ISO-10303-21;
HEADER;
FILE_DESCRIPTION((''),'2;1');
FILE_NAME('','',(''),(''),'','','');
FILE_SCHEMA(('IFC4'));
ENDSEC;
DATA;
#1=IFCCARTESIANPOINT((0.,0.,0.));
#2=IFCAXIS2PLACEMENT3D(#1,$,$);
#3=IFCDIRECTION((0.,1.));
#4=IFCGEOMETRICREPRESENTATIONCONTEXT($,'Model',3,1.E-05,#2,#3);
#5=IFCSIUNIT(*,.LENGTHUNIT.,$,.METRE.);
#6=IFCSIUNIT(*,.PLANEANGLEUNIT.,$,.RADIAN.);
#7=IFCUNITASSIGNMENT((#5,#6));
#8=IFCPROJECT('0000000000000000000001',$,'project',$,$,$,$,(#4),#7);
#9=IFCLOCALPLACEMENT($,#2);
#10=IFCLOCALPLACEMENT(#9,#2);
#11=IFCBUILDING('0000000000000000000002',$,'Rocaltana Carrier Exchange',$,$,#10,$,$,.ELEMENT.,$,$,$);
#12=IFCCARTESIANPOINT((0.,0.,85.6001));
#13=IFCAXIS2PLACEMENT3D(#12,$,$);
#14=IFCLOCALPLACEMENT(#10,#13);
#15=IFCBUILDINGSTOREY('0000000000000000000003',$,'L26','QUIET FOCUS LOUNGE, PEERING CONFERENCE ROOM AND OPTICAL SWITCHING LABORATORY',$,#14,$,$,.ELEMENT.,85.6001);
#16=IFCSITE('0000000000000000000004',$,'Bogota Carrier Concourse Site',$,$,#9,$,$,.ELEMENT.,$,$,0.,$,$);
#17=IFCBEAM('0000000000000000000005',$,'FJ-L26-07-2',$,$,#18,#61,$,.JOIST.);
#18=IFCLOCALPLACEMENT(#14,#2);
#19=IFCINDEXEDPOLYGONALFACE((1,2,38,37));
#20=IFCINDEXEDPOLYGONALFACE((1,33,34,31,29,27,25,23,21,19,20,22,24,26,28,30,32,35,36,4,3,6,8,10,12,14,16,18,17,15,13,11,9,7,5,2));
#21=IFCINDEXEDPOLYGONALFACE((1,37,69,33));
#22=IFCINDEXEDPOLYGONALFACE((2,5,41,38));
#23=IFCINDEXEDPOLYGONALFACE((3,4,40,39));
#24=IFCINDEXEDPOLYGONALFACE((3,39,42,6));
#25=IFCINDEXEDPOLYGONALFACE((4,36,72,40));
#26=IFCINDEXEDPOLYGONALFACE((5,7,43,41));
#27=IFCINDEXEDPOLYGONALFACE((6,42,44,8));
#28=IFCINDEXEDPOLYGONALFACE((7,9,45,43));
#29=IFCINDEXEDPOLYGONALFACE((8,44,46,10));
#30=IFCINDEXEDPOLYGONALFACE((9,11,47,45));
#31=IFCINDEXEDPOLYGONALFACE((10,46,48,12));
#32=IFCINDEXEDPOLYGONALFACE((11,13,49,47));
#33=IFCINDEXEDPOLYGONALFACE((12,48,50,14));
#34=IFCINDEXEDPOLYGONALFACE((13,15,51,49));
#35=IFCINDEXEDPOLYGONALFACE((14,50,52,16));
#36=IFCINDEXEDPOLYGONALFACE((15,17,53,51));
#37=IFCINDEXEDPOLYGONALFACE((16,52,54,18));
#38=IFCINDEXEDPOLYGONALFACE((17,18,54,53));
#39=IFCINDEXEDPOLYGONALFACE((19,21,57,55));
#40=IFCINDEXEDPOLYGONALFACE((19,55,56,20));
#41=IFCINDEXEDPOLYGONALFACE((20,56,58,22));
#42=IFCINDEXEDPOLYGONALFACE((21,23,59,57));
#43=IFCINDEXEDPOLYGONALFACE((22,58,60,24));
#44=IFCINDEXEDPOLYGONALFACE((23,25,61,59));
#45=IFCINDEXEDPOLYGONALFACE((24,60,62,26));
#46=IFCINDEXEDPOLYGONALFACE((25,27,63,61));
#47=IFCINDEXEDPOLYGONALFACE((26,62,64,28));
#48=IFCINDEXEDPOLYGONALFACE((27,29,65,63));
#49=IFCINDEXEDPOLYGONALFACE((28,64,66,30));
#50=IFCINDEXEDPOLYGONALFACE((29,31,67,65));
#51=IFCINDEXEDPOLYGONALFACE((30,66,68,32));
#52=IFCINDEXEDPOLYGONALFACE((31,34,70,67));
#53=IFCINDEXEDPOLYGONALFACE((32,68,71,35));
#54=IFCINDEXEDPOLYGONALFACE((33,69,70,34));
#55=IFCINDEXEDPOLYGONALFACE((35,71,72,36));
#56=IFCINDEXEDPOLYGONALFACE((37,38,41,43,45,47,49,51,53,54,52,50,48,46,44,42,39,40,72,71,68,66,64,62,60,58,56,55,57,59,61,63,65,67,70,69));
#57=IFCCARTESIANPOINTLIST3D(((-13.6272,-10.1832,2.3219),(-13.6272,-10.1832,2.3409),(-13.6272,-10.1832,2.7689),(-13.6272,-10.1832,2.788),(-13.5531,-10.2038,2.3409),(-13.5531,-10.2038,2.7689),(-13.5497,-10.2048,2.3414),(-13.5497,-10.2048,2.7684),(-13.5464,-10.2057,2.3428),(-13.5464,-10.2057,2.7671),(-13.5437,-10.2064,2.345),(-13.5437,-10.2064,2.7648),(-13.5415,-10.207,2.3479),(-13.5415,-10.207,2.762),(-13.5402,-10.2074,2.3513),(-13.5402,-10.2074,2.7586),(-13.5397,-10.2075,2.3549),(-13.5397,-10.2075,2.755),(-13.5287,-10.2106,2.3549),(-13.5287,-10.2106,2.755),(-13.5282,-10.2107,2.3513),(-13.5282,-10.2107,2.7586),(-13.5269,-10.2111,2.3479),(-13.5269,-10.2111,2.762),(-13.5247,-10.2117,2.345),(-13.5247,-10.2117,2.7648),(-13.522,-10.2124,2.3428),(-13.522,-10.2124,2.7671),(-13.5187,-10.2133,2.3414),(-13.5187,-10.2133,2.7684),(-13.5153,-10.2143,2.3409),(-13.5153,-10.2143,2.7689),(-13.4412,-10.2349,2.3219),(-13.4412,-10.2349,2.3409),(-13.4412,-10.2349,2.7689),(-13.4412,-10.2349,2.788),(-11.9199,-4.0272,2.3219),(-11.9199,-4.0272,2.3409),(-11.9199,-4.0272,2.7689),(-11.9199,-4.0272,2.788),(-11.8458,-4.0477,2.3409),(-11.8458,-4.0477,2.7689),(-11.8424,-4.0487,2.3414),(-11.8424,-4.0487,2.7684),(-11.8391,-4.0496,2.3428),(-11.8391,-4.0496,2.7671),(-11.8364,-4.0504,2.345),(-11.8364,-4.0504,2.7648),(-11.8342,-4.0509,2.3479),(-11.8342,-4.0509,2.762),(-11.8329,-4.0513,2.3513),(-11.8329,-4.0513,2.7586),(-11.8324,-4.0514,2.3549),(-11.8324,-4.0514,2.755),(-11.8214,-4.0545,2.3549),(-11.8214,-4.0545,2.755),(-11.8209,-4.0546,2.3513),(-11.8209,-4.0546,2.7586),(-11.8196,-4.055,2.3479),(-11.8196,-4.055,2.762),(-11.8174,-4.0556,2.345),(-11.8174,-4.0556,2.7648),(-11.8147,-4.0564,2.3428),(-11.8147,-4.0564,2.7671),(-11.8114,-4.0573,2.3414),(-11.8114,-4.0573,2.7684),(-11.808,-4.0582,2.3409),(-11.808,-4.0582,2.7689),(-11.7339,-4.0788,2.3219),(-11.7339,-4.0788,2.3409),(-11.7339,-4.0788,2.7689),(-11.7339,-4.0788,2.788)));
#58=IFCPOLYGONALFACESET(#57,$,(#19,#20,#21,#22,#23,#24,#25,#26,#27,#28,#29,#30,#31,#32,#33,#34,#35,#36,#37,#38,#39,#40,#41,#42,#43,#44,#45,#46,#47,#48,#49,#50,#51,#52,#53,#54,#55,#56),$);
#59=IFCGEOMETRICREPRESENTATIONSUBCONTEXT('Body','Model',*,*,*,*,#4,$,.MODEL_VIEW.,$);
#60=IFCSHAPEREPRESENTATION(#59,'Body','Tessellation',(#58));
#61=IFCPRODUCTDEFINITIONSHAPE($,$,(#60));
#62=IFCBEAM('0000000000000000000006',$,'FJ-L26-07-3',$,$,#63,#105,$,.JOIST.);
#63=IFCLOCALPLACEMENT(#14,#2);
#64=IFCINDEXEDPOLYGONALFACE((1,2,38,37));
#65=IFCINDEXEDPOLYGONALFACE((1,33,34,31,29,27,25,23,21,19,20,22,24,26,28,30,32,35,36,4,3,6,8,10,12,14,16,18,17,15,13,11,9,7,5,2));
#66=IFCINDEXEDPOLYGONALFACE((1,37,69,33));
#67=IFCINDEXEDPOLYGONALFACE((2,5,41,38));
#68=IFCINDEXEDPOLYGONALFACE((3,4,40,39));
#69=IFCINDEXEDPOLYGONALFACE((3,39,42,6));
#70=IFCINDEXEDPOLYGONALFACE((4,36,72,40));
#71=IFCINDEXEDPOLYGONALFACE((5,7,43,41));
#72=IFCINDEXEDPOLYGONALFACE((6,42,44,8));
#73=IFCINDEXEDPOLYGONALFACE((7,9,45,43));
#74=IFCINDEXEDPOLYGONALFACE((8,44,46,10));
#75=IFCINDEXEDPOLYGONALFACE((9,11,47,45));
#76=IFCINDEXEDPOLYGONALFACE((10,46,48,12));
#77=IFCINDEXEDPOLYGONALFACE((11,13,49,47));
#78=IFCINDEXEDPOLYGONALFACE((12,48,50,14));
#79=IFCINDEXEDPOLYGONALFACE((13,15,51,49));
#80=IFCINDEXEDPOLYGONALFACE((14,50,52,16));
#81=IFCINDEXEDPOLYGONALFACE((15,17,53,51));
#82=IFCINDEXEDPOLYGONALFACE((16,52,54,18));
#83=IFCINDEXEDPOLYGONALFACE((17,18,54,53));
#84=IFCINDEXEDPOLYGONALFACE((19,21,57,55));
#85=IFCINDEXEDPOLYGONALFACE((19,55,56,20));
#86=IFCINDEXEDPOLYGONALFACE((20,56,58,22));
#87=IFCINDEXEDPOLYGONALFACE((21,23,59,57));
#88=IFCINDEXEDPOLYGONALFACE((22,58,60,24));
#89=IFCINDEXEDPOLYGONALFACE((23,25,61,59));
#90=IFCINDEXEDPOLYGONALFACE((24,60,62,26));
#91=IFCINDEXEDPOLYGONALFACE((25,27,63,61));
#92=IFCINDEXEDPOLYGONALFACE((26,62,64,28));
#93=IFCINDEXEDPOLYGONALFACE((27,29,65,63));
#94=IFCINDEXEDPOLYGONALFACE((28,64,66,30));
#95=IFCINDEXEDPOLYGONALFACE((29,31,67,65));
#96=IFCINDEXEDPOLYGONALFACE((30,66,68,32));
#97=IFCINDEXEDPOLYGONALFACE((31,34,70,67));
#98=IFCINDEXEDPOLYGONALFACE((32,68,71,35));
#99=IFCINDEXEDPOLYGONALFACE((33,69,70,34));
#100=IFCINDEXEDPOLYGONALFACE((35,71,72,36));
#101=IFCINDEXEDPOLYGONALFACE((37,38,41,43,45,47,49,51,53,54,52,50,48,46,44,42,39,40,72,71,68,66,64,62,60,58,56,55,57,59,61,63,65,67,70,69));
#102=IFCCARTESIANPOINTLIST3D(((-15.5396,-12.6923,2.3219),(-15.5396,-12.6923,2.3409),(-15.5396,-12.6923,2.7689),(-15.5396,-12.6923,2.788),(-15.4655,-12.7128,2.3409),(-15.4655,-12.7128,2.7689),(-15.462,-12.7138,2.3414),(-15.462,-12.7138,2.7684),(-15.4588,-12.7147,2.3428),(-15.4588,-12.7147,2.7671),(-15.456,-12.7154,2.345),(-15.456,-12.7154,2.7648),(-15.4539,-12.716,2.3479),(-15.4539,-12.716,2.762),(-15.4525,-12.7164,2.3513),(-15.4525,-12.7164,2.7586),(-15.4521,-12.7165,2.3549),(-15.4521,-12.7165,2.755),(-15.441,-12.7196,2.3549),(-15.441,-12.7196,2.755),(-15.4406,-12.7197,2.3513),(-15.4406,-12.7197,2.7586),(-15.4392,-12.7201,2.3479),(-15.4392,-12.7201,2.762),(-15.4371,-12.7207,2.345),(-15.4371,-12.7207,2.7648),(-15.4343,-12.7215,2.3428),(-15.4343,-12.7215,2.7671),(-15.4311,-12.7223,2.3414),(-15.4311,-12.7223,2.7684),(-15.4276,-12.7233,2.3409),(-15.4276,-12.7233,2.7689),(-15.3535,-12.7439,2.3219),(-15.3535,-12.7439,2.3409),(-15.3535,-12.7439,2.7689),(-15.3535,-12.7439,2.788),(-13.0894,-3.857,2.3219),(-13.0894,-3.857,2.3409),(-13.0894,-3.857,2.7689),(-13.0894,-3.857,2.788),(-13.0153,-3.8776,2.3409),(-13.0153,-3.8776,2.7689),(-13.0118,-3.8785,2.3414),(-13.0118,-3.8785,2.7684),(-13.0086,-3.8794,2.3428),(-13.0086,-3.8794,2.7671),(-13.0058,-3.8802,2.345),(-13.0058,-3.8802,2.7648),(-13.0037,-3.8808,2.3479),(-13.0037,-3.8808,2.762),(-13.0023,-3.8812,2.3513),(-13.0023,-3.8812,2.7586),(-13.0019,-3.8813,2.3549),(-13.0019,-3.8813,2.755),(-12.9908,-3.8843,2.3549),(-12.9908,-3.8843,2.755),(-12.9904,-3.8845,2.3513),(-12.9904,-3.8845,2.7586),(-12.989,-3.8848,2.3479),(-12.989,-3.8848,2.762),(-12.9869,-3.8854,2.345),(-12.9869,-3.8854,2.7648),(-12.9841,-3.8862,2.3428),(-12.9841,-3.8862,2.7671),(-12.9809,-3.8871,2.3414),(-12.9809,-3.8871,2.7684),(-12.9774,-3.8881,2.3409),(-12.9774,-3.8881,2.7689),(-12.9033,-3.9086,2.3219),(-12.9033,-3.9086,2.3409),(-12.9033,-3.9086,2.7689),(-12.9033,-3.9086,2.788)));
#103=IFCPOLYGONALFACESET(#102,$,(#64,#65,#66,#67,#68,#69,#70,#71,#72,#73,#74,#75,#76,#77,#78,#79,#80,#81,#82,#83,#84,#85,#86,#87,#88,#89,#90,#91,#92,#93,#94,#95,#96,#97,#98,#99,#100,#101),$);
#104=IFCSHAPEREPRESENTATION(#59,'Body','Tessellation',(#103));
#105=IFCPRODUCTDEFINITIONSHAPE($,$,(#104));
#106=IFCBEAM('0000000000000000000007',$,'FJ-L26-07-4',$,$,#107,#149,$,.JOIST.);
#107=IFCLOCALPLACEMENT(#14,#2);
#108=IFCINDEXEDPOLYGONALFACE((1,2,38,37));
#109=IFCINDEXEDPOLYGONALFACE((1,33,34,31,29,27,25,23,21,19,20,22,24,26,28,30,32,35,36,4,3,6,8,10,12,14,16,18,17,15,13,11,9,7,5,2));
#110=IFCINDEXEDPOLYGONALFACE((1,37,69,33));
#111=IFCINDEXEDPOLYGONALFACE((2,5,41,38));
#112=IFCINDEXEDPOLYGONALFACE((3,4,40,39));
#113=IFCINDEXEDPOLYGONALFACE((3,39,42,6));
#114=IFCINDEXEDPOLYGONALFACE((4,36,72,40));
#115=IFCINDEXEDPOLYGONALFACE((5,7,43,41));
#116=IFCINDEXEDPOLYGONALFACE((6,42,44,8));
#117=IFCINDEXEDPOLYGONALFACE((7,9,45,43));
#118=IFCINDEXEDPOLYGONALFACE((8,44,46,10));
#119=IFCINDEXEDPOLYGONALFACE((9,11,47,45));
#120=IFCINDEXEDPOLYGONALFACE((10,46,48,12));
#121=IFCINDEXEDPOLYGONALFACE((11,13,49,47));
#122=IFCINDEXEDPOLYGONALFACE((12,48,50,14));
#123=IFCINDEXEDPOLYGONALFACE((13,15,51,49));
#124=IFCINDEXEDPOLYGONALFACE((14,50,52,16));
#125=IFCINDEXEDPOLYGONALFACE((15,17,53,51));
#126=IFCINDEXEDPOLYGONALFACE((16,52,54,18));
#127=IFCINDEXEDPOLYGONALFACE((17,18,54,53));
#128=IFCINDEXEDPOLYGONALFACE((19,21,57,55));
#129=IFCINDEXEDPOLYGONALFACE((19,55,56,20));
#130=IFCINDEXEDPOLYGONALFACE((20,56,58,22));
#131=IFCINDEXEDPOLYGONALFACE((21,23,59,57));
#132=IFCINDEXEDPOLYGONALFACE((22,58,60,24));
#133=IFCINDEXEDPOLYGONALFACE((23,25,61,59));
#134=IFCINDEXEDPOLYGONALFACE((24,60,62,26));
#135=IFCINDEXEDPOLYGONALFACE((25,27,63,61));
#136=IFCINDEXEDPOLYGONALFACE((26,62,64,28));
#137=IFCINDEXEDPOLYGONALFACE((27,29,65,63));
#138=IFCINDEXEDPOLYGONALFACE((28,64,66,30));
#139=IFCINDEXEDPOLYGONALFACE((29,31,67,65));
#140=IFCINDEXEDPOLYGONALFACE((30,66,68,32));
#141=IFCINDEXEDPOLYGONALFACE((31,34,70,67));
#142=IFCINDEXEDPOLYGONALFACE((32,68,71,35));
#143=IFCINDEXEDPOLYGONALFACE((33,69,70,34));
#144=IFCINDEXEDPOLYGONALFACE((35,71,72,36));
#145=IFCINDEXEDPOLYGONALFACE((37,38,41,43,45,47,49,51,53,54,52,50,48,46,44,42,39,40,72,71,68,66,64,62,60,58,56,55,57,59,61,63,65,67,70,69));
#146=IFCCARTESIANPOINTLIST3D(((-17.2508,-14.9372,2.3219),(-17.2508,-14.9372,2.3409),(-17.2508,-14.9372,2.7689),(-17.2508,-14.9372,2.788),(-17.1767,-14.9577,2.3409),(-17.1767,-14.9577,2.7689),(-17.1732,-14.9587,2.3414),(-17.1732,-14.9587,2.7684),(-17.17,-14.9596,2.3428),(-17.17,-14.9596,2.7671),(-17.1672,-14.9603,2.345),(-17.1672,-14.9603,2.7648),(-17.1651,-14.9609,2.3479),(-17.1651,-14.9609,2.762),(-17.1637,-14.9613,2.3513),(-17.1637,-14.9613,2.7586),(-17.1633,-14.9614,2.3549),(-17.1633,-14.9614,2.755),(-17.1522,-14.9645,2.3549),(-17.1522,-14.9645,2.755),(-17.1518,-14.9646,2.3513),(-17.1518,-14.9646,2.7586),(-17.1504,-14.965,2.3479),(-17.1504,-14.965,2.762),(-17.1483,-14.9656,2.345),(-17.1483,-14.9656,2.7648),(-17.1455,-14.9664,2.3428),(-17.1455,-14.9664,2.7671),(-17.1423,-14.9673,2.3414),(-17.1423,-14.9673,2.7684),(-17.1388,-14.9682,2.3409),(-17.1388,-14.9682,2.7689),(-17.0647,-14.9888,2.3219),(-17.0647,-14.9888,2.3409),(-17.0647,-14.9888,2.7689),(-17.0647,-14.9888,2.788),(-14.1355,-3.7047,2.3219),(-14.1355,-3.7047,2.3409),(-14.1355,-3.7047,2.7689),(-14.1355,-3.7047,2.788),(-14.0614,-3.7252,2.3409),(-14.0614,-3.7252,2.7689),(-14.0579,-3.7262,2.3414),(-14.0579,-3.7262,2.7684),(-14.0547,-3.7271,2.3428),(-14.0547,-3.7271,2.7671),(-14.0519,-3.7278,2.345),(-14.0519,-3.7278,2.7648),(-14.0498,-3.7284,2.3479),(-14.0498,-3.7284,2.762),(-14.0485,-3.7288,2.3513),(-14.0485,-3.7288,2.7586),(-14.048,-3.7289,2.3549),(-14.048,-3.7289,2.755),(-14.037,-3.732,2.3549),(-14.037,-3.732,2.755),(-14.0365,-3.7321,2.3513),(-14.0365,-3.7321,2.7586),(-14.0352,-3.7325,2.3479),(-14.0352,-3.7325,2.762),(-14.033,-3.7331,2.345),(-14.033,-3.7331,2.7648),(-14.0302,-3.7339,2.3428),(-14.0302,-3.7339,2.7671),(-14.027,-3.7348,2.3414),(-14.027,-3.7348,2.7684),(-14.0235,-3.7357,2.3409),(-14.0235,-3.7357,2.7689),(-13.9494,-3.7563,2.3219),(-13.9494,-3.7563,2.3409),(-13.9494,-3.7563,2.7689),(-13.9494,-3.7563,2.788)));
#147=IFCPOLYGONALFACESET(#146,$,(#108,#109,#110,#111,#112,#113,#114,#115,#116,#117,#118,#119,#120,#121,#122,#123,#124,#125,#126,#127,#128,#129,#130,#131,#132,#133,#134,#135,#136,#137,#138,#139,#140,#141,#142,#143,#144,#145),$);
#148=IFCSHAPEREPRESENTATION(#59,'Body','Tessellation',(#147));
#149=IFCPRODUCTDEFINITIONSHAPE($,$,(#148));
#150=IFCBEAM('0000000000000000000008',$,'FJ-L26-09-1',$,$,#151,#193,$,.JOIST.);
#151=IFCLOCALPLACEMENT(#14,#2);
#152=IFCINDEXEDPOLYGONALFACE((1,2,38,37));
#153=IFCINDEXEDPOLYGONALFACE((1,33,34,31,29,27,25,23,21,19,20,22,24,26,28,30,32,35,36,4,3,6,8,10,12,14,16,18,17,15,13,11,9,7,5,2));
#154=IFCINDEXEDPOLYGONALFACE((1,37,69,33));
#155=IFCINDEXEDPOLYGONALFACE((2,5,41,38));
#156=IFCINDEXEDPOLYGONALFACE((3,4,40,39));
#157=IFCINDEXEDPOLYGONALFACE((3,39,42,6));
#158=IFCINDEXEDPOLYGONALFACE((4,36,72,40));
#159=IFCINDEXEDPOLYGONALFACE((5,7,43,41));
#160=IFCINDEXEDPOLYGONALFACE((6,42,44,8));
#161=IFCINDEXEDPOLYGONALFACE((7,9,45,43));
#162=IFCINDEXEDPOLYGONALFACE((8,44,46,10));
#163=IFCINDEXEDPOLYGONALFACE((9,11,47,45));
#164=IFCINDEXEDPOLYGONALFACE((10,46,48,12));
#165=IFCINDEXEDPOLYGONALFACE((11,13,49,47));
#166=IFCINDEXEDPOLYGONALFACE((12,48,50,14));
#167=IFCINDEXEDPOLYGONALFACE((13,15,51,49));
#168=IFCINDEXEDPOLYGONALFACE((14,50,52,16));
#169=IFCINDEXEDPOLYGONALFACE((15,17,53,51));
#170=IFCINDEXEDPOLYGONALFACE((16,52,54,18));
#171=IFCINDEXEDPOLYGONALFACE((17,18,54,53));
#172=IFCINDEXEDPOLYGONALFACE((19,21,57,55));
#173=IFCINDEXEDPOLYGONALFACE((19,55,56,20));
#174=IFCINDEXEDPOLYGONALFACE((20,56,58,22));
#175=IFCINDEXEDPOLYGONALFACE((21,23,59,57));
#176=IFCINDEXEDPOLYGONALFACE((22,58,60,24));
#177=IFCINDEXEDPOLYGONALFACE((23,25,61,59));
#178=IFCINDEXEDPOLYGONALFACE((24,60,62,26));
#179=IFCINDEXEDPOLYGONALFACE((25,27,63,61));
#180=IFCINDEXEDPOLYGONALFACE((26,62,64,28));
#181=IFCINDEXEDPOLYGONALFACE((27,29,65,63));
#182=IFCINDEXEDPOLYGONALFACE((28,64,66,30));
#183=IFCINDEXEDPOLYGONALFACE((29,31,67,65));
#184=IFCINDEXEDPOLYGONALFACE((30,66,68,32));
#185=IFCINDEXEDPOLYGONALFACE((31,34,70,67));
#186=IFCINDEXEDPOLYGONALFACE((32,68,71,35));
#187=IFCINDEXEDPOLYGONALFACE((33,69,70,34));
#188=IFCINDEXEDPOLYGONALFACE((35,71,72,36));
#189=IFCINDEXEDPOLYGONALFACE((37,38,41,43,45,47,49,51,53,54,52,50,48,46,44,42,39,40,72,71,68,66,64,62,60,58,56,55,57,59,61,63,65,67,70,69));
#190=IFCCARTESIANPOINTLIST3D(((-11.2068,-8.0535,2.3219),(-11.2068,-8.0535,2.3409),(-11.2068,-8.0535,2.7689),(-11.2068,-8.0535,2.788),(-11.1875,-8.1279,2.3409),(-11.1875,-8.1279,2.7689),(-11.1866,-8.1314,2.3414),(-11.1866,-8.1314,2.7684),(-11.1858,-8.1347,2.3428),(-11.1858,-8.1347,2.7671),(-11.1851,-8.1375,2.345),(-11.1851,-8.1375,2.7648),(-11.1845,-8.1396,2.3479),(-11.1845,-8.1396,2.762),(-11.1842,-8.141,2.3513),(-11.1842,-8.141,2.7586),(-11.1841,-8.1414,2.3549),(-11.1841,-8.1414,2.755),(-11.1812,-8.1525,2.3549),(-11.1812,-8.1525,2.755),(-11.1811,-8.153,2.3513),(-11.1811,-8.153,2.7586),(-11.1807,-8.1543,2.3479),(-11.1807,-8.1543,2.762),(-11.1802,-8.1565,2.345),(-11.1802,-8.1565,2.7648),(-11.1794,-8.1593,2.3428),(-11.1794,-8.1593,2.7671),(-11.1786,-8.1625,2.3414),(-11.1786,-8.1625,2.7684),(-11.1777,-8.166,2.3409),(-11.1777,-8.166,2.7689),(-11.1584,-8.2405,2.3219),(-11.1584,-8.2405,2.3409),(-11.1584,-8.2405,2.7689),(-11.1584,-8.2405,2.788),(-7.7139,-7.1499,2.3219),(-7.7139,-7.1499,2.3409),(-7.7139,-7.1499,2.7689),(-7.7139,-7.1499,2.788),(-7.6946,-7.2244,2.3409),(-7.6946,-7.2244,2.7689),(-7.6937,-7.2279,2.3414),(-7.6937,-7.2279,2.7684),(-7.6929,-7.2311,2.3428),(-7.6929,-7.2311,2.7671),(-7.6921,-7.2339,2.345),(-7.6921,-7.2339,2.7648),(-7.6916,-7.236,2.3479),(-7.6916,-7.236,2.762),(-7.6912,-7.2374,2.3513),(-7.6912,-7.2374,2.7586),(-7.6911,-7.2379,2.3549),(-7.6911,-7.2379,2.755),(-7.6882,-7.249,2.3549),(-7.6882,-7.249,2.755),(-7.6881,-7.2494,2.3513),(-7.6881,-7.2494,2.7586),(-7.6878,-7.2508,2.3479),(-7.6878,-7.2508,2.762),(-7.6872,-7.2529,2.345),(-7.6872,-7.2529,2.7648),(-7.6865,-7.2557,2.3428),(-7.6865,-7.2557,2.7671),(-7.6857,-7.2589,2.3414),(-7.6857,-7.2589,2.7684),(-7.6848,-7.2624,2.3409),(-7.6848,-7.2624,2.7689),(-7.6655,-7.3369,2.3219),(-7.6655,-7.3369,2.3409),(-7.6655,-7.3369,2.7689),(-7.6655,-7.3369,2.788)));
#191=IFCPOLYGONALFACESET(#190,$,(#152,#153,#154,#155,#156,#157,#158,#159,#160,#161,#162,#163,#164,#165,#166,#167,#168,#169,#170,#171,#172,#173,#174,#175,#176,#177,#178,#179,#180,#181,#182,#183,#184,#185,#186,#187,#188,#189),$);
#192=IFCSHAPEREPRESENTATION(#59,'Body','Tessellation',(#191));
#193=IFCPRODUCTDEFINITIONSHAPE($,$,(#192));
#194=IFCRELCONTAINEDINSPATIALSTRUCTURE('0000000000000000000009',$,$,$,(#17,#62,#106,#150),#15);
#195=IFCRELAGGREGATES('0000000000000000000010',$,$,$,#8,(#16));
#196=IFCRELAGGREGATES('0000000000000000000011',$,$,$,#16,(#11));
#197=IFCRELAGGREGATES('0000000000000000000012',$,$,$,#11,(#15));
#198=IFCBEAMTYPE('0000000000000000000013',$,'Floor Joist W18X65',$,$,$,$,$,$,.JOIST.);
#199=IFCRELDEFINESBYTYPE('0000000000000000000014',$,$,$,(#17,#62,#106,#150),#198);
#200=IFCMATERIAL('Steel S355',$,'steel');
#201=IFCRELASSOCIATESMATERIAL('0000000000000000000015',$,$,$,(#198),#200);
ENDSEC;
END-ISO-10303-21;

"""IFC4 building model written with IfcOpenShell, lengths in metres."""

from ifc_helpers import new_model, si_unit, direction, frame, origin, origin_2d, place, context, subcontext, project, spatial, i_section, extrude, material, material_profile, profile_set, type_object, element, save


model = new_model("IFC4")

# Units and contexts
model_context = context("Model", 3, precision=1e-05, world=origin(), true_north=direction((0.0, 1.0)))
body_context = subcontext(model_context, "Body", "Model", "MODEL_VIEW")
ifc_project = project(units=[si_unit("LENGTHUNIT", "METRE"), si_unit("PLANEANGLEUNIT", "RADIAN")], contexts=[model_context])

# Site, building, storey
site_placement = place(None, origin())
site = spatial("IfcSite", under=ifc_project, at=site_placement, Name="Bogota Carrier Concourse Site", CompositionType="ELEMENT", RefElevation=0.0)
building_placement = place(site_placement, origin())
building = spatial("IfcBuilding", under=site, at=building_placement, Name="Rocaltana Carrier Exchange", CompositionType="ELEMENT")
storey_placement = place(building_placement, frame((0.0, 0.0, 85.6001)))
storey = spatial("IfcBuildingStorey", under=building, at=storey_placement, Name="L26", Description="QUIET FOCUS LOUNGE, PEERING CONFERENCE ROOM AND OPTICAL SWITCHING LABORATORY", CompositionType="ELEMENT", Elevation=85.6001)

# Beams
ifc_material_1 = material(Name="Steel S355", Category="steel")
ifc_material_profile_1 = material_profile(ifc_material_1, i_section(OverallWidth=0.1931, OverallDepth=0.4661, WebThickness=0.0115, FlangeThickness=0.019, FilletRadius=0.0139, at=origin_2d()), Name="W18X65")
ifc_profile_set_1 = profile_set([ifc_material_profile_1], Name="Steel S355")
beam_type_1 = type_object("IfcBeamType", Name="Floor Joist W18X65", PredefinedType="JOIST", material=ifc_profile_set_1)
beam_1_placement = place(storey_placement, frame((-11.8269, -4.053, 2.5549), z_axis=(-0.267248, -0.963628, 0.0), x_axis=(0.963628, -0.267248, 0.0)))
element("IfcBeam", 1, at=beam_1_placement, inside=storey, type_object=beam_type_1, Name="FJ-L26-07-2", PredefinedType="JOIST", context=body_context, shape_type="SweptSolid", body=[
    extrude(i_section(OverallWidth=0.1931, OverallDepth=0.4661, WebThickness=0.0115, FlangeThickness=0.019, FilletRadius=0.0139, at=origin_2d()), origin(), (0.0, 0.0, 1.0), 6.3884),
])
beam_2_placement = place(storey_placement, frame((-12.9963, -3.8828, 2.5549), z_axis=(-0.267236, -0.963631, 0.0), x_axis=(0.963631, -0.267236, 0.0)))
element("IfcBeam", 2, at=beam_2_placement, inside=storey, type_object=beam_type_1, Name="FJ-L26-07-3", PredefinedType="JOIST", context=body_context, shape_type="SweptSolid", body=[
    extrude(i_section(OverallWidth=0.1931, OverallDepth=0.4661, WebThickness=0.0115, FlangeThickness=0.019, FilletRadius=0.0139, at=origin_2d()), origin(), (0.0, 0.0, 1.0), 9.1687),
])
beam_3_placement = place(storey_placement, frame((-14.0425, -3.7305, 2.5549), z_axis=(-0.267255, -0.963626, 0.0), x_axis=(0.963626, -0.267255, 0.0)))
element("IfcBeam", 3, at=beam_3_placement, inside=storey, type_object=beam_type_1, Name="FJ-L26-07-4", PredefinedType="JOIST", context=body_context, shape_type="SweptSolid", body=[
    extrude(i_section(OverallWidth=0.1931, OverallDepth=0.4661, WebThickness=0.0115, FlangeThickness=0.019, FilletRadius=0.0139, at=origin_2d()), origin(), (0.0, 0.0, 1.0), 11.6565),
])
beam_4_placement = place(storey_placement, frame((-11.1826, -8.147, 2.5549), z_axis=(0.968132, 0.250441, 0.0), x_axis=(-0.250441, 0.968132, 0.0)))
element("IfcBeam", 4, at=beam_4_placement, inside=storey, type_object=beam_type_1, Name="FJ-L26-09-1", PredefinedType="JOIST", context=body_context, shape_type="SweptSolid", body=[
    extrude(i_section(OverallWidth=0.1931, OverallDepth=0.4661, WebThickness=0.0115, FlangeThickness=0.019, FilletRadius=0.0139, at=origin_2d()), origin(), (0.0, 0.0, 1.0), 3.6079),
])

save(model, "model.ifc")
